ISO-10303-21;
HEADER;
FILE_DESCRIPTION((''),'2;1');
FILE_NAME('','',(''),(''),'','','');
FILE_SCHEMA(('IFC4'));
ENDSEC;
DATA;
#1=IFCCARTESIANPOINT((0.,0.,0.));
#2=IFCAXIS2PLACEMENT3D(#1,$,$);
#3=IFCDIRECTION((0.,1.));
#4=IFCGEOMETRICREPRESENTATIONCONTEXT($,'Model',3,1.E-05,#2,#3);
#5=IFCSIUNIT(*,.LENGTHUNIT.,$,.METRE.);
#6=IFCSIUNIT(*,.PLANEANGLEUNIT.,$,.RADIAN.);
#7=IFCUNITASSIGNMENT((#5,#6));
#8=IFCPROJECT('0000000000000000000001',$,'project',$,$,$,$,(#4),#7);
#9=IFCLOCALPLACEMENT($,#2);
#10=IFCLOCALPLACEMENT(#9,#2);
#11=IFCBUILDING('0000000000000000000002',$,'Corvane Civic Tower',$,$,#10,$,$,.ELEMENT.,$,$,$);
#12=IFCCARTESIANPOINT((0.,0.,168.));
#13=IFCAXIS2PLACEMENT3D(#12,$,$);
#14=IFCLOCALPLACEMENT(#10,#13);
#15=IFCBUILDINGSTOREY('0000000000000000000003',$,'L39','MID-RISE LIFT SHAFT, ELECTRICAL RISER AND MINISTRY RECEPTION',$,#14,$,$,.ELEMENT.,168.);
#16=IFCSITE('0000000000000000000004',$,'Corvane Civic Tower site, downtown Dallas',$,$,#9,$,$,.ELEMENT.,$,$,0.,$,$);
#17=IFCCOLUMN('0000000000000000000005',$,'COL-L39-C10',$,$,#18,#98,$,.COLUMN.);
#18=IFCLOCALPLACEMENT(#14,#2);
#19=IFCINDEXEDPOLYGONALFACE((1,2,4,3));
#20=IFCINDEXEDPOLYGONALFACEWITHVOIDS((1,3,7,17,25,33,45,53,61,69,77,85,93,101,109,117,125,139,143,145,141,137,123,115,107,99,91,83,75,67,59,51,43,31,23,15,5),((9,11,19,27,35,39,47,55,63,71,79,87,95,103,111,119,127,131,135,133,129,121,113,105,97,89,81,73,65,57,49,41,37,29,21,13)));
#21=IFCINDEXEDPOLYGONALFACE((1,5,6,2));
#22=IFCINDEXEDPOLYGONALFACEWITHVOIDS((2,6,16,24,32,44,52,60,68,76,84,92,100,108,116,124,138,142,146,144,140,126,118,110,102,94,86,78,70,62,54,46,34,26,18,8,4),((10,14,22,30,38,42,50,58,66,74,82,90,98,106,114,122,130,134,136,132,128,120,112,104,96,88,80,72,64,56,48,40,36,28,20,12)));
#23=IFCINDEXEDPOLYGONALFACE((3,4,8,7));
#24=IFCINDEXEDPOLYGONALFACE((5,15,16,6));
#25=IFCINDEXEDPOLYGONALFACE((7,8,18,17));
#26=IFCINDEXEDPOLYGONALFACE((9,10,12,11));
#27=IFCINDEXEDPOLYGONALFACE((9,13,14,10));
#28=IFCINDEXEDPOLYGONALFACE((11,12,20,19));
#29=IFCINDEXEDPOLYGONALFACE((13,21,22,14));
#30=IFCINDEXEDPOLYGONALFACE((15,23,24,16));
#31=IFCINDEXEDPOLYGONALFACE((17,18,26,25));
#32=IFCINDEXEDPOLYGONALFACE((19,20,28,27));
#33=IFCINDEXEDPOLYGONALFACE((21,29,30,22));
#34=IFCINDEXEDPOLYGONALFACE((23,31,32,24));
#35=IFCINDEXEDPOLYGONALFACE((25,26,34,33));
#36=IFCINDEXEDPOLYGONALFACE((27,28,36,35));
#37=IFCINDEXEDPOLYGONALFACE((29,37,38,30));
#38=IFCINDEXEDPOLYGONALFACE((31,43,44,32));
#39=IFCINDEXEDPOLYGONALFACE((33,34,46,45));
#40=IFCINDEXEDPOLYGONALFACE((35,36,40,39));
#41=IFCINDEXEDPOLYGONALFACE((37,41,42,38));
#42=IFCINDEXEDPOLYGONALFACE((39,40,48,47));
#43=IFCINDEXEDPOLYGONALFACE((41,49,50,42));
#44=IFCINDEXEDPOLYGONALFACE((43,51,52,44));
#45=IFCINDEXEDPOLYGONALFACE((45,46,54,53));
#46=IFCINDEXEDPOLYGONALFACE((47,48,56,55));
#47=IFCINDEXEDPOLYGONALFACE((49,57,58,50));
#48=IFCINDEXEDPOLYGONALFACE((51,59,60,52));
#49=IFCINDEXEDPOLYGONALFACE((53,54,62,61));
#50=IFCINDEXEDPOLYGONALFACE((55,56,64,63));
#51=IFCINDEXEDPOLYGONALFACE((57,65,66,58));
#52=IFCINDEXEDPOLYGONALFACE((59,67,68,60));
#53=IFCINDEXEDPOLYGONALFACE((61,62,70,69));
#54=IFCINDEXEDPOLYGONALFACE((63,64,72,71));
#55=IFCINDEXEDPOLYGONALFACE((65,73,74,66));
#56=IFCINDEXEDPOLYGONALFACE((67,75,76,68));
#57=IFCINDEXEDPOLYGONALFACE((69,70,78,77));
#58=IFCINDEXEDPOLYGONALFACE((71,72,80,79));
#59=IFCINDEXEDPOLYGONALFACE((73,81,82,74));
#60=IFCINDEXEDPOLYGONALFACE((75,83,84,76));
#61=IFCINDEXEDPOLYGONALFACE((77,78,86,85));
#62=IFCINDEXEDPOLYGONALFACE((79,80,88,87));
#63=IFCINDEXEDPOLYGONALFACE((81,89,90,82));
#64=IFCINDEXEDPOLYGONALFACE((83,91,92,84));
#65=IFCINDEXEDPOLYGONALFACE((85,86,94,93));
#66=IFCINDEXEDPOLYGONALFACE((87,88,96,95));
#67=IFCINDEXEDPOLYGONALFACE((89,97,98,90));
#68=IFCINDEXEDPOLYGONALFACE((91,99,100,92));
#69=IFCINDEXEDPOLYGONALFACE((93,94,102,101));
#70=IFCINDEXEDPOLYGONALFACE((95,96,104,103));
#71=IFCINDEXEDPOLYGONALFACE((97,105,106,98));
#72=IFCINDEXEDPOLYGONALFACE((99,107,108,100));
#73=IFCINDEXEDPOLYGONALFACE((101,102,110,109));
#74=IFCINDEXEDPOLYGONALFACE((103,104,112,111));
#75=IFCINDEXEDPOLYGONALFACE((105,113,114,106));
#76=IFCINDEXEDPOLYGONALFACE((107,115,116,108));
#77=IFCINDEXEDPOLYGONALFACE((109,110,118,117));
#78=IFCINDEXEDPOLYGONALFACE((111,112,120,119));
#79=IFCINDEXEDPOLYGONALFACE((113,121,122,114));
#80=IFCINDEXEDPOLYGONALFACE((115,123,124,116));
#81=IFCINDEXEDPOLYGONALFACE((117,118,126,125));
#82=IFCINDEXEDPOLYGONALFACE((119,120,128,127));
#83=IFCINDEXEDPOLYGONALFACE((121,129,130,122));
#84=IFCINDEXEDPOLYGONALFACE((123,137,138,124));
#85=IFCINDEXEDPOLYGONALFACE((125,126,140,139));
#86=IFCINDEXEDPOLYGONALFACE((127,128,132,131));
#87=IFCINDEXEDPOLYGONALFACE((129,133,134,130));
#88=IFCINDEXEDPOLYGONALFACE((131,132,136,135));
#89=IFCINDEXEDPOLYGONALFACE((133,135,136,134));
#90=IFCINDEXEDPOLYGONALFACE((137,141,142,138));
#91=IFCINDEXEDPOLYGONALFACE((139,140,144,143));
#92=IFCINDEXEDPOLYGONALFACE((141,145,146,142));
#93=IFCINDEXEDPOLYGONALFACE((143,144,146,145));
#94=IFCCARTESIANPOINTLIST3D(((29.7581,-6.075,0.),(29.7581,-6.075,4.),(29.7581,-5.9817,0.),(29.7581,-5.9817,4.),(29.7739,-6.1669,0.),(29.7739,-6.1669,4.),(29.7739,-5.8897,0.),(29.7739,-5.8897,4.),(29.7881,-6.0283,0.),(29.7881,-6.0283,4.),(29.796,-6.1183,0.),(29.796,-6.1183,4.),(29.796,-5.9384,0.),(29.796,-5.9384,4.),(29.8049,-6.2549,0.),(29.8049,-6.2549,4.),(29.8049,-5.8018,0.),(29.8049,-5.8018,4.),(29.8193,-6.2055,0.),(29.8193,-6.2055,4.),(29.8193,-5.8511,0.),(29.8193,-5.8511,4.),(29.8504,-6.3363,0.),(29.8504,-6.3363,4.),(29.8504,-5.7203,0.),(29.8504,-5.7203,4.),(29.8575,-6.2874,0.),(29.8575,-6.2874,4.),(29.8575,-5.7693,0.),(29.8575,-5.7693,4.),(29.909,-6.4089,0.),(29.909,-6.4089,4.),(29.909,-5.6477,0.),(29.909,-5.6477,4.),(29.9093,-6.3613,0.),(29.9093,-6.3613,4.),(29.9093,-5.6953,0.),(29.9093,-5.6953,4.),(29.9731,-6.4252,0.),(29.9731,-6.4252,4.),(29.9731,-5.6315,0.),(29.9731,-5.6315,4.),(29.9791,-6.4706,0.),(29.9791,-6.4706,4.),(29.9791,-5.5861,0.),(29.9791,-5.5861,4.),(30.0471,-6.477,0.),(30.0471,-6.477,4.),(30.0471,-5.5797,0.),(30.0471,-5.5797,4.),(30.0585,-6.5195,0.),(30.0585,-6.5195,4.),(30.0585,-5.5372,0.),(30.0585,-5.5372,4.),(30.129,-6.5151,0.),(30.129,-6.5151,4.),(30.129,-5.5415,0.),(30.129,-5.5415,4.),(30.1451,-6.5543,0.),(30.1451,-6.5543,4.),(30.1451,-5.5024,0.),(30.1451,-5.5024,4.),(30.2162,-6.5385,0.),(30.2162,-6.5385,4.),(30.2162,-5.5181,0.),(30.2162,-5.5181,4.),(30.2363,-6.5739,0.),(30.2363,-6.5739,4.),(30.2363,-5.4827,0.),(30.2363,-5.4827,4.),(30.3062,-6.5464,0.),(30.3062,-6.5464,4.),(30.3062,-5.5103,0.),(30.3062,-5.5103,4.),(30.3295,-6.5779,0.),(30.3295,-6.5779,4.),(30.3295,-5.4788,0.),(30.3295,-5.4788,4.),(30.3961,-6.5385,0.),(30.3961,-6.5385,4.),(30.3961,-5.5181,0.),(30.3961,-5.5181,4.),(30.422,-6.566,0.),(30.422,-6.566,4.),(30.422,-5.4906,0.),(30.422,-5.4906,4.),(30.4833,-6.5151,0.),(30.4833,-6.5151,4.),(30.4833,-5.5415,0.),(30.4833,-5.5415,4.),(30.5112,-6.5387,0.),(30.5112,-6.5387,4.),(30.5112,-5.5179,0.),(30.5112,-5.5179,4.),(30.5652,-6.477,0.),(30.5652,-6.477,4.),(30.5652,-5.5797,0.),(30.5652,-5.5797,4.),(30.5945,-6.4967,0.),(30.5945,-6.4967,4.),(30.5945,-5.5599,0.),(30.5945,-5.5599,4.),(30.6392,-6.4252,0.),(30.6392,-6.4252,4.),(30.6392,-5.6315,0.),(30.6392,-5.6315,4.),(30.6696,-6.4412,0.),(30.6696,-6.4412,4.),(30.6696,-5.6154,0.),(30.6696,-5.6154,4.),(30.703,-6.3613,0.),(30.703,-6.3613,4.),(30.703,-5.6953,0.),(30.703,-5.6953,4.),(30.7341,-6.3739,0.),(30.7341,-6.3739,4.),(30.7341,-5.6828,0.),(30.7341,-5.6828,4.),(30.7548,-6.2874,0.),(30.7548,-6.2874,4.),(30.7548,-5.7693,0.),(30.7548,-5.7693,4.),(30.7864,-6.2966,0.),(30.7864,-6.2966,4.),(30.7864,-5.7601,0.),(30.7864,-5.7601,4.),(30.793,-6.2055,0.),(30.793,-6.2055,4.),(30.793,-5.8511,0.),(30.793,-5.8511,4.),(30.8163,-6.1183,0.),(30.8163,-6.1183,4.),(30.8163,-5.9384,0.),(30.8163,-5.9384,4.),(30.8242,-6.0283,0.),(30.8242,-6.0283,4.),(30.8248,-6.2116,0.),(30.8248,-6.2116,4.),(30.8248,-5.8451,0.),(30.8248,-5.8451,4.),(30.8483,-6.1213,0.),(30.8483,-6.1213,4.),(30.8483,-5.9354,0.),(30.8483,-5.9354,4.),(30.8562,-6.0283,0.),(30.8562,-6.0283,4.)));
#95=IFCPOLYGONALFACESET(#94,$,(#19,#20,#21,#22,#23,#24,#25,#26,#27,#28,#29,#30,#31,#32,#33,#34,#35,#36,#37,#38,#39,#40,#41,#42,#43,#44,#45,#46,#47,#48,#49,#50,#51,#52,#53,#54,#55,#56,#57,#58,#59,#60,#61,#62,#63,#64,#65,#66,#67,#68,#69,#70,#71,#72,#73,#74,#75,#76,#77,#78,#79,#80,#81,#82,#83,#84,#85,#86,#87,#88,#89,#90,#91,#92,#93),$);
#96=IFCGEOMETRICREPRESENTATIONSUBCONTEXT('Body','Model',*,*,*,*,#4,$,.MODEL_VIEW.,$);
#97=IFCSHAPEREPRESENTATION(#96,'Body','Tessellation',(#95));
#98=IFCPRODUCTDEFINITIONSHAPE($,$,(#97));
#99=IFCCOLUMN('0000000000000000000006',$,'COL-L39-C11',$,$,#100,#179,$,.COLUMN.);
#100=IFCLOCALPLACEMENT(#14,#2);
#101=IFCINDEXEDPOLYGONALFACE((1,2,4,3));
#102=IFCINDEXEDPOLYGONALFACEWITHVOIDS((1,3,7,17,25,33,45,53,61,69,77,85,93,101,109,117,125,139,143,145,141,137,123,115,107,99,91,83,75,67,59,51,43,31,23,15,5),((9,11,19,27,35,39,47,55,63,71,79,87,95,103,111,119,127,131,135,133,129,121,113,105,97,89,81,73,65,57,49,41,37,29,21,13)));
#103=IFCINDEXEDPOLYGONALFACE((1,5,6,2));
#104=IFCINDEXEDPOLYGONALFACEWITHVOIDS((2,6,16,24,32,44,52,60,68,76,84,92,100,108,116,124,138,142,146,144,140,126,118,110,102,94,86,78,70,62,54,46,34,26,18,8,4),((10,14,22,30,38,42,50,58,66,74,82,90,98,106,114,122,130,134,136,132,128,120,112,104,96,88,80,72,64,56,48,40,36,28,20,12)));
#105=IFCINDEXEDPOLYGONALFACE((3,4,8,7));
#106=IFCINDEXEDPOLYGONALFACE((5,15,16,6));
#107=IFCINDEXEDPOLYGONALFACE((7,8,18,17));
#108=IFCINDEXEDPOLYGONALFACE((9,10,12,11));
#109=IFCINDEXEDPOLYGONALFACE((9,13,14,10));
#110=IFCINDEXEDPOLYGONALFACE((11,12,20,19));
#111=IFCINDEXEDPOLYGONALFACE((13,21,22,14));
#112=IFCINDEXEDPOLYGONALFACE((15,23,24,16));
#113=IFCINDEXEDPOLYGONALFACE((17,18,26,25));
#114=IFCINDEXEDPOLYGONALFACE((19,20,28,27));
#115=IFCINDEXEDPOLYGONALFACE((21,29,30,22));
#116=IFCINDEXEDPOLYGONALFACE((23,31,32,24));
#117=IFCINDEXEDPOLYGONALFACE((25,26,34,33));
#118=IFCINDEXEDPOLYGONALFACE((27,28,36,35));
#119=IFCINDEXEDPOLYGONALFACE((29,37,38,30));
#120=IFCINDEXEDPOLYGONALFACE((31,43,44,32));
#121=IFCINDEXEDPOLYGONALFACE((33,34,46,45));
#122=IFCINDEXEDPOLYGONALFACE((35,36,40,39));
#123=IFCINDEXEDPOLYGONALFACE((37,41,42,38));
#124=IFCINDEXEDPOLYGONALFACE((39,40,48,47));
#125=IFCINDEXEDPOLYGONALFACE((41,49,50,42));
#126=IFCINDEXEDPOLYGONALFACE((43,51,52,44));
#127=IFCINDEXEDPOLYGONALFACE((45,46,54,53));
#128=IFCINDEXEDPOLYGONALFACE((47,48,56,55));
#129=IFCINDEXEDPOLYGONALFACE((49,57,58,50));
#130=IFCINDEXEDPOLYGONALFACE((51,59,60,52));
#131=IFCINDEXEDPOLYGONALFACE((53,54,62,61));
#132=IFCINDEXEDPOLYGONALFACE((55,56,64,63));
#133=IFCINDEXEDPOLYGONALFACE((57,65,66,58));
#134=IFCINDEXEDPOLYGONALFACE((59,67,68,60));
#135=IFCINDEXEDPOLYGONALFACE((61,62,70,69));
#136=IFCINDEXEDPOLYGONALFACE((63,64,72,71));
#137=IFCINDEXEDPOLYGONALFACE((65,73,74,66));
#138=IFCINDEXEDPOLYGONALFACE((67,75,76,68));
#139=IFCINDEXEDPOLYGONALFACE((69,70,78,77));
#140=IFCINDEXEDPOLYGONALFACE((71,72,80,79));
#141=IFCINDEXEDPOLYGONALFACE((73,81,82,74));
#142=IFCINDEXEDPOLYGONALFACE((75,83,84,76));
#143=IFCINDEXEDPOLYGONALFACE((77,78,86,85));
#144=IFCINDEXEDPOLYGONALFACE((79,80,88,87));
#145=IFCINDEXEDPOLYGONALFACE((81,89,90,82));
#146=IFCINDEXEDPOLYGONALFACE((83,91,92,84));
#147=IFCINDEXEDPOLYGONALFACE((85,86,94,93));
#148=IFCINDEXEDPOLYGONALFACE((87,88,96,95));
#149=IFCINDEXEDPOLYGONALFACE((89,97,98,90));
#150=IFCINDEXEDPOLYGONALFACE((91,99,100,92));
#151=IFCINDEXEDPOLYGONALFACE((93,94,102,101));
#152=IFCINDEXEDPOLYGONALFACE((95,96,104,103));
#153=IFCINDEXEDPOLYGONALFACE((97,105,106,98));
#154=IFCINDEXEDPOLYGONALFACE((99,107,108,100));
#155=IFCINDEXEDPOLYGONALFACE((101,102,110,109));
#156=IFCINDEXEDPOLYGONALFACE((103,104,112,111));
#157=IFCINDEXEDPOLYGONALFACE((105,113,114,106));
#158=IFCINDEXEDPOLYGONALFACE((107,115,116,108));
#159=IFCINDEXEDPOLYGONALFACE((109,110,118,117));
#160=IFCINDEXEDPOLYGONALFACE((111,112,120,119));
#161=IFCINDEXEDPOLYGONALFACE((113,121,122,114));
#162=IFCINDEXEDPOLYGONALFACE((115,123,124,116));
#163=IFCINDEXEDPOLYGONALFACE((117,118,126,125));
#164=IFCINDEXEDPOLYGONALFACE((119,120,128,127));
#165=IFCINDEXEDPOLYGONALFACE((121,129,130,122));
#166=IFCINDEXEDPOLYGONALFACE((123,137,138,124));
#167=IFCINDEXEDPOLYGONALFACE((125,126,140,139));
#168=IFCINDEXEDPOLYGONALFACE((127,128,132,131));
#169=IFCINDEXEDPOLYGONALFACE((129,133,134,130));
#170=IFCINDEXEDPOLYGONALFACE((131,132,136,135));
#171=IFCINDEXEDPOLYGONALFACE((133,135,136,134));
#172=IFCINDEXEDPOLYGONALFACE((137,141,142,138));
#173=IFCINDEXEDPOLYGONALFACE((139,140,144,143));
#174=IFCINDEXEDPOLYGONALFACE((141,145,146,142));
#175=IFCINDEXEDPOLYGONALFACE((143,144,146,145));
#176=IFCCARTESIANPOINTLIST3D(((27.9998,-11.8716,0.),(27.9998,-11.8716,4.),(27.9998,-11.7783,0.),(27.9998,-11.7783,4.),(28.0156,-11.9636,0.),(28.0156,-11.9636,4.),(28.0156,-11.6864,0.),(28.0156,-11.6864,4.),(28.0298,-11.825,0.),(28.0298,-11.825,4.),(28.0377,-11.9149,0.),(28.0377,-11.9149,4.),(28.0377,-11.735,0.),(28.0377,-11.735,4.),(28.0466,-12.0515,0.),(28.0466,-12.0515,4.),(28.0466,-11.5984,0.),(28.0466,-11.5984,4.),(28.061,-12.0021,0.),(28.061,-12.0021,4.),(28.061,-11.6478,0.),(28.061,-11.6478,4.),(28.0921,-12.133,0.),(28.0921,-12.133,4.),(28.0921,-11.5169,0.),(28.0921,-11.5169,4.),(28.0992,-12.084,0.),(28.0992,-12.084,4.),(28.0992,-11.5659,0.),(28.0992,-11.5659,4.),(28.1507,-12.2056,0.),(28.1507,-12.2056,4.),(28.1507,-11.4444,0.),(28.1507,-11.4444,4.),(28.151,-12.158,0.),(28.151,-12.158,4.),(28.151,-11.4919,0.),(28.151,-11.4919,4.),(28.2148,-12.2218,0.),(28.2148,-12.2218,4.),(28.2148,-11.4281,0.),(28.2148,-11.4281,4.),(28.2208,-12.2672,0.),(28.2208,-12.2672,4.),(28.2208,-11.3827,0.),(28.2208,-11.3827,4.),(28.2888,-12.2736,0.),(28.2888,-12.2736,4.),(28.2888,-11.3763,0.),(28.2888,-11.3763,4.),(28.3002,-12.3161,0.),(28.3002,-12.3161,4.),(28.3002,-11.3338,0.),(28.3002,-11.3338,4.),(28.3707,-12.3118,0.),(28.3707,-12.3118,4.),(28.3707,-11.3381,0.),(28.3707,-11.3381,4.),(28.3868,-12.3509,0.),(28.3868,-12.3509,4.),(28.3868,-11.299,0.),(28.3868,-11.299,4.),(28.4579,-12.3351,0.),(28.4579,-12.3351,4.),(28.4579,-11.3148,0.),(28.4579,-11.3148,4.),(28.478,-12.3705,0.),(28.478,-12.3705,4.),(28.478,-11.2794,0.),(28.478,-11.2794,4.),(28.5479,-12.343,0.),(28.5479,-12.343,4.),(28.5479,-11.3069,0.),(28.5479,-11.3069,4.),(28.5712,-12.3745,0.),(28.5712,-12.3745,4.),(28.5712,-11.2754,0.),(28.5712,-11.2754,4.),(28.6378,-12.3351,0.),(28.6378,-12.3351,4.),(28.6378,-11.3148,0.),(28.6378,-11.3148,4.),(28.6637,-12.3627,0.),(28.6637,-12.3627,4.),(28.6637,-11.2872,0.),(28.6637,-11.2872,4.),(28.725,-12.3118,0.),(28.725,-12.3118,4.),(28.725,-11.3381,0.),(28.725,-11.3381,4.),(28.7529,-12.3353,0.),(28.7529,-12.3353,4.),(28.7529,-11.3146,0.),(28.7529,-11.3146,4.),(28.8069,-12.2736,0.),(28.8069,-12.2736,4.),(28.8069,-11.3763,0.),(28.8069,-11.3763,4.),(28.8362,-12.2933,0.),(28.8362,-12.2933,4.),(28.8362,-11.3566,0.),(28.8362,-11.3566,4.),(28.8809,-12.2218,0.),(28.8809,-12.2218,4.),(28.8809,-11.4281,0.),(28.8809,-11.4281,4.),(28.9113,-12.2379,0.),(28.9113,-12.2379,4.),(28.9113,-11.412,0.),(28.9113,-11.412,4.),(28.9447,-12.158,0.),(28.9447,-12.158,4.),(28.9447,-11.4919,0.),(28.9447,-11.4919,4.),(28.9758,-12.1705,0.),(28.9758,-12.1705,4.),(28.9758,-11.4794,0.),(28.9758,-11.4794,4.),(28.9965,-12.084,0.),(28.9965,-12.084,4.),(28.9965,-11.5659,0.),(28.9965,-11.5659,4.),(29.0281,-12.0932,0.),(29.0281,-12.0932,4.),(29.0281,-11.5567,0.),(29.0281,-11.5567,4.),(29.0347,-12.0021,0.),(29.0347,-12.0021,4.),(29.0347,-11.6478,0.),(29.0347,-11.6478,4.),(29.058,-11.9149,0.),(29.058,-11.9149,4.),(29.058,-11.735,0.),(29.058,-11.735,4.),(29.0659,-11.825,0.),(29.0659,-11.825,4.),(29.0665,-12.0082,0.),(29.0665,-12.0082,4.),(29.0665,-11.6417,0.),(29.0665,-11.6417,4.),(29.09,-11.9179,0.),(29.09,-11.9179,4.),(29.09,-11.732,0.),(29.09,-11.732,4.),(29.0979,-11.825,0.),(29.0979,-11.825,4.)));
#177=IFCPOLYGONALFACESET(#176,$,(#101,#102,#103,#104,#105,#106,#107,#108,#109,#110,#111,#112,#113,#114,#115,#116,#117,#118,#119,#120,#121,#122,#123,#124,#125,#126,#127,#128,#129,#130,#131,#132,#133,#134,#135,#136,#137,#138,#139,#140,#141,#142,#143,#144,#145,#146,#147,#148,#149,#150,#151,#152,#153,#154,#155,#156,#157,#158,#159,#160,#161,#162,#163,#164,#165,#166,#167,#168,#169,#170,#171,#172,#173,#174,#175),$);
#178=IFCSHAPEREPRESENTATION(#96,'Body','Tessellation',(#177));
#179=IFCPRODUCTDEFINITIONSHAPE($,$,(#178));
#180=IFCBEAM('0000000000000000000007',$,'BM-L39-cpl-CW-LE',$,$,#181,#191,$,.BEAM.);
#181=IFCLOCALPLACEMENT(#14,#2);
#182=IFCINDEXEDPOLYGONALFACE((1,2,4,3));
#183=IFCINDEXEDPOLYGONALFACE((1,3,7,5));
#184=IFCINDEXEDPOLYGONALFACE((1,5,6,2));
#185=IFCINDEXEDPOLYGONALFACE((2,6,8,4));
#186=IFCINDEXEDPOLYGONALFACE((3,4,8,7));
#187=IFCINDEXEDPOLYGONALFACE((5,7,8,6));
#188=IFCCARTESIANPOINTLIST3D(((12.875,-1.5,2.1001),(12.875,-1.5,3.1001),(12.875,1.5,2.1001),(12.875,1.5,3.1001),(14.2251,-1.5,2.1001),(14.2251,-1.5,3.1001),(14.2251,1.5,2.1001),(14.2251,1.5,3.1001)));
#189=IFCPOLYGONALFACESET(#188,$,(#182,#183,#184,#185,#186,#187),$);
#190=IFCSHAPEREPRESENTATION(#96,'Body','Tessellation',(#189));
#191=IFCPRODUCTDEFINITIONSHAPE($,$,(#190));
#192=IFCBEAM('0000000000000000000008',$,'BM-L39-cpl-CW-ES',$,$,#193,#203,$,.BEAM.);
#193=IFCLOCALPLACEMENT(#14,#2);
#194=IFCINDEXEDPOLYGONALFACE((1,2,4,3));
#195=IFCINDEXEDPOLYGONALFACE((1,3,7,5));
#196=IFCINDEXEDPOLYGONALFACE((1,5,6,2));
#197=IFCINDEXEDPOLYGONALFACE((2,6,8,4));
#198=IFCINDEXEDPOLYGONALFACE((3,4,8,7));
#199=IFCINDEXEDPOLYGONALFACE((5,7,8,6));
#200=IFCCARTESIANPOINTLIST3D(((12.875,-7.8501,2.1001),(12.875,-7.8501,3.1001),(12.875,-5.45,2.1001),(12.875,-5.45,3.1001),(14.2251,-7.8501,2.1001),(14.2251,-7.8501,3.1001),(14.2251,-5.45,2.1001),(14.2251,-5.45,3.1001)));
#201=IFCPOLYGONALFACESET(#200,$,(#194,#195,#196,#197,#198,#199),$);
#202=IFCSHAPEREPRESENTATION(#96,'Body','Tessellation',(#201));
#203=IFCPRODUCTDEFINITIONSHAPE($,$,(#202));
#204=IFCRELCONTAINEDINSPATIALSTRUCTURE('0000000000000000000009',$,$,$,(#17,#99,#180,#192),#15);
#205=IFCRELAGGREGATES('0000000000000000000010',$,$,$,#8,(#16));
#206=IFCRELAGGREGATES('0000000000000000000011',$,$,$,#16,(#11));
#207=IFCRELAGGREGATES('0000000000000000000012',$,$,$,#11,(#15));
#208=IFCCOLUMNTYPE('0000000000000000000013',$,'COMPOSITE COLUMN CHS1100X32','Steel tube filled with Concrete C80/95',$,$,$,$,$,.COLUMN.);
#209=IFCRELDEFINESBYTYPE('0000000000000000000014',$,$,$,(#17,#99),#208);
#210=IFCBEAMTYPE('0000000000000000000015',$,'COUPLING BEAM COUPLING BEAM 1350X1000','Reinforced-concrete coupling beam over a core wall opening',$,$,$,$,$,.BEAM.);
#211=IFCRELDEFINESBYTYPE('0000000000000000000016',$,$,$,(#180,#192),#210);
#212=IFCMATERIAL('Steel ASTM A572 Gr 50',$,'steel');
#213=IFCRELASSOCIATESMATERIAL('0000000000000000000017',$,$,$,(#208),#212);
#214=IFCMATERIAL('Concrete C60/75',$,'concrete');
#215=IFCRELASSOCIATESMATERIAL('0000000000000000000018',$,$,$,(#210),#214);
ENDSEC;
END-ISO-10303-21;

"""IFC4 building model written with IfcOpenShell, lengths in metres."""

from ifc_helpers import new_model, si_unit, direction, frame, origin, origin_2d, place, context, subcontext, project, spatial, rectangle, hollow_circle, extrude, material, material_profile, profile_set, type_object, element, save


model = new_model("IFC4")

# Units and contexts
model_context = context("Model", 3, precision=1e-05, world=origin(), true_north=direction((0.0, 1.0)))
body_context = subcontext(model_context, "Body", "Model", "MODEL_VIEW")
ifc_project = project(units=[si_unit("LENGTHUNIT", "METRE"), si_unit("PLANEANGLEUNIT", "RADIAN")], contexts=[model_context])

# Site, building, storey
site_placement = place(None, origin())
site = spatial("IfcSite", under=ifc_project, at=site_placement, Name="Corvane Civic Tower site, downtown Dallas", CompositionType="ELEMENT", RefElevation=0.0)
building_placement = place(site_placement, origin())
building = spatial("IfcBuilding", under=site, at=building_placement, Name="Corvane Civic Tower", CompositionType="ELEMENT")
storey_placement = place(building_placement, frame((0.0, 0.0, 168.0)))
storey = spatial("IfcBuildingStorey", under=building, at=storey_placement, Name="L39", Description="MID-RISE LIFT SHAFT, ELECTRICAL RISER AND MINISTRY RECEPTION", CompositionType="ELEMENT", Elevation=168.0)

# Columns
ifc_material_1 = material(Name="Steel ASTM A572 Gr 50", Category="steel")
ifc_material_profile_1 = material_profile(ifc_material_1, hollow_circle(Radius=0.55, WallThickness=0.032, at=origin_2d()), Name="CHS1100X32")
ifc_profile_set_1 = profile_set([ifc_material_profile_1], Name="Steel ASTM A572 Gr 50")
column_type = type_object("IfcColumnType", Name="COMPOSITE COLUMN CHS1100X32", Description="Steel tube filled with Concrete C80/95", PredefinedType="COLUMN", material=ifc_profile_set_1)
for number, where, z_axis, x_axis, name in (
    (1, (30.3062, -6.0283, 0.0), (0.0, 0.0, 1.0), (1.0, 0.0, 0.0), "COL-L39-C10"),
    (2, (28.5479, -11.825, 0.0), (0.0, 0.0, 1.0), (1.0, 0.0, 0.0), "COL-L39-C11"),
):
    element("IfcColumn", number, at=place(storey_placement, frame(where, z_axis=z_axis, x_axis=x_axis)), inside=storey, type_object=column_type, Name=name, PredefinedType="COLUMN", context=body_context, shape_type="SweptSolid", body=[
        extrude(hollow_circle(Radius=0.55, WallThickness=0.032, at=origin_2d()), origin(), (0.0, 0.0, 1.0), 4.0),
    ])

# Beams
ifc_material_2 = material(Name="Concrete C60/75", Category="concrete")
ifc_material_profile_2 = material_profile(ifc_material_2, rectangle(XDim=1.3501, YDim=1.0, at=origin_2d()), Name="COUPLING BEAM 1350X1000")
ifc_profile_set_2 = profile_set([ifc_material_profile_2], Name="Concrete C60/75")
beam_type_1 = type_object("IfcBeamType", Name="COUPLING BEAM COUPLING BEAM 1350X1000", Description="Reinforced-concrete coupling beam over a core wall opening", PredefinedType="BEAM", material=ifc_profile_set_2)
beam_1_placement = place(storey_placement, frame((13.55, -1.5, 2.6001), z_axis=(0.0, 1.0, 0.0), x_axis=(-1.0, 0.0, 0.0)))
element("IfcBeam", 3, at=beam_1_placement, inside=storey, type_object=beam_type_1, Name="BM-L39-cpl-CW-LE", PredefinedType="BEAM", context=body_context, shape_type="SweptSolid", body=[
    extrude(rectangle(XDim=1.3501, YDim=1.0, at=origin_2d()), origin(), (0.0, 0.0, 1.0), 3.0),
])
beam_2_placement = place(storey_placement, frame((13.55, -7.8501, 2.6001), z_axis=(0.0, 1.0, 0.0), x_axis=(-1.0, 0.0, 0.0)))
element("IfcBeam", 4, at=beam_2_placement, inside=storey, type_object=beam_type_1, Name="BM-L39-cpl-CW-ES", PredefinedType="BEAM", context=body_context, shape_type="SweptSolid", body=[
    extrude(rectangle(XDim=1.3501, YDim=1.0, at=origin_2d()), origin(), (0.0, 0.0, 1.0), 2.4001),
])

save(model, "model.ifc")
